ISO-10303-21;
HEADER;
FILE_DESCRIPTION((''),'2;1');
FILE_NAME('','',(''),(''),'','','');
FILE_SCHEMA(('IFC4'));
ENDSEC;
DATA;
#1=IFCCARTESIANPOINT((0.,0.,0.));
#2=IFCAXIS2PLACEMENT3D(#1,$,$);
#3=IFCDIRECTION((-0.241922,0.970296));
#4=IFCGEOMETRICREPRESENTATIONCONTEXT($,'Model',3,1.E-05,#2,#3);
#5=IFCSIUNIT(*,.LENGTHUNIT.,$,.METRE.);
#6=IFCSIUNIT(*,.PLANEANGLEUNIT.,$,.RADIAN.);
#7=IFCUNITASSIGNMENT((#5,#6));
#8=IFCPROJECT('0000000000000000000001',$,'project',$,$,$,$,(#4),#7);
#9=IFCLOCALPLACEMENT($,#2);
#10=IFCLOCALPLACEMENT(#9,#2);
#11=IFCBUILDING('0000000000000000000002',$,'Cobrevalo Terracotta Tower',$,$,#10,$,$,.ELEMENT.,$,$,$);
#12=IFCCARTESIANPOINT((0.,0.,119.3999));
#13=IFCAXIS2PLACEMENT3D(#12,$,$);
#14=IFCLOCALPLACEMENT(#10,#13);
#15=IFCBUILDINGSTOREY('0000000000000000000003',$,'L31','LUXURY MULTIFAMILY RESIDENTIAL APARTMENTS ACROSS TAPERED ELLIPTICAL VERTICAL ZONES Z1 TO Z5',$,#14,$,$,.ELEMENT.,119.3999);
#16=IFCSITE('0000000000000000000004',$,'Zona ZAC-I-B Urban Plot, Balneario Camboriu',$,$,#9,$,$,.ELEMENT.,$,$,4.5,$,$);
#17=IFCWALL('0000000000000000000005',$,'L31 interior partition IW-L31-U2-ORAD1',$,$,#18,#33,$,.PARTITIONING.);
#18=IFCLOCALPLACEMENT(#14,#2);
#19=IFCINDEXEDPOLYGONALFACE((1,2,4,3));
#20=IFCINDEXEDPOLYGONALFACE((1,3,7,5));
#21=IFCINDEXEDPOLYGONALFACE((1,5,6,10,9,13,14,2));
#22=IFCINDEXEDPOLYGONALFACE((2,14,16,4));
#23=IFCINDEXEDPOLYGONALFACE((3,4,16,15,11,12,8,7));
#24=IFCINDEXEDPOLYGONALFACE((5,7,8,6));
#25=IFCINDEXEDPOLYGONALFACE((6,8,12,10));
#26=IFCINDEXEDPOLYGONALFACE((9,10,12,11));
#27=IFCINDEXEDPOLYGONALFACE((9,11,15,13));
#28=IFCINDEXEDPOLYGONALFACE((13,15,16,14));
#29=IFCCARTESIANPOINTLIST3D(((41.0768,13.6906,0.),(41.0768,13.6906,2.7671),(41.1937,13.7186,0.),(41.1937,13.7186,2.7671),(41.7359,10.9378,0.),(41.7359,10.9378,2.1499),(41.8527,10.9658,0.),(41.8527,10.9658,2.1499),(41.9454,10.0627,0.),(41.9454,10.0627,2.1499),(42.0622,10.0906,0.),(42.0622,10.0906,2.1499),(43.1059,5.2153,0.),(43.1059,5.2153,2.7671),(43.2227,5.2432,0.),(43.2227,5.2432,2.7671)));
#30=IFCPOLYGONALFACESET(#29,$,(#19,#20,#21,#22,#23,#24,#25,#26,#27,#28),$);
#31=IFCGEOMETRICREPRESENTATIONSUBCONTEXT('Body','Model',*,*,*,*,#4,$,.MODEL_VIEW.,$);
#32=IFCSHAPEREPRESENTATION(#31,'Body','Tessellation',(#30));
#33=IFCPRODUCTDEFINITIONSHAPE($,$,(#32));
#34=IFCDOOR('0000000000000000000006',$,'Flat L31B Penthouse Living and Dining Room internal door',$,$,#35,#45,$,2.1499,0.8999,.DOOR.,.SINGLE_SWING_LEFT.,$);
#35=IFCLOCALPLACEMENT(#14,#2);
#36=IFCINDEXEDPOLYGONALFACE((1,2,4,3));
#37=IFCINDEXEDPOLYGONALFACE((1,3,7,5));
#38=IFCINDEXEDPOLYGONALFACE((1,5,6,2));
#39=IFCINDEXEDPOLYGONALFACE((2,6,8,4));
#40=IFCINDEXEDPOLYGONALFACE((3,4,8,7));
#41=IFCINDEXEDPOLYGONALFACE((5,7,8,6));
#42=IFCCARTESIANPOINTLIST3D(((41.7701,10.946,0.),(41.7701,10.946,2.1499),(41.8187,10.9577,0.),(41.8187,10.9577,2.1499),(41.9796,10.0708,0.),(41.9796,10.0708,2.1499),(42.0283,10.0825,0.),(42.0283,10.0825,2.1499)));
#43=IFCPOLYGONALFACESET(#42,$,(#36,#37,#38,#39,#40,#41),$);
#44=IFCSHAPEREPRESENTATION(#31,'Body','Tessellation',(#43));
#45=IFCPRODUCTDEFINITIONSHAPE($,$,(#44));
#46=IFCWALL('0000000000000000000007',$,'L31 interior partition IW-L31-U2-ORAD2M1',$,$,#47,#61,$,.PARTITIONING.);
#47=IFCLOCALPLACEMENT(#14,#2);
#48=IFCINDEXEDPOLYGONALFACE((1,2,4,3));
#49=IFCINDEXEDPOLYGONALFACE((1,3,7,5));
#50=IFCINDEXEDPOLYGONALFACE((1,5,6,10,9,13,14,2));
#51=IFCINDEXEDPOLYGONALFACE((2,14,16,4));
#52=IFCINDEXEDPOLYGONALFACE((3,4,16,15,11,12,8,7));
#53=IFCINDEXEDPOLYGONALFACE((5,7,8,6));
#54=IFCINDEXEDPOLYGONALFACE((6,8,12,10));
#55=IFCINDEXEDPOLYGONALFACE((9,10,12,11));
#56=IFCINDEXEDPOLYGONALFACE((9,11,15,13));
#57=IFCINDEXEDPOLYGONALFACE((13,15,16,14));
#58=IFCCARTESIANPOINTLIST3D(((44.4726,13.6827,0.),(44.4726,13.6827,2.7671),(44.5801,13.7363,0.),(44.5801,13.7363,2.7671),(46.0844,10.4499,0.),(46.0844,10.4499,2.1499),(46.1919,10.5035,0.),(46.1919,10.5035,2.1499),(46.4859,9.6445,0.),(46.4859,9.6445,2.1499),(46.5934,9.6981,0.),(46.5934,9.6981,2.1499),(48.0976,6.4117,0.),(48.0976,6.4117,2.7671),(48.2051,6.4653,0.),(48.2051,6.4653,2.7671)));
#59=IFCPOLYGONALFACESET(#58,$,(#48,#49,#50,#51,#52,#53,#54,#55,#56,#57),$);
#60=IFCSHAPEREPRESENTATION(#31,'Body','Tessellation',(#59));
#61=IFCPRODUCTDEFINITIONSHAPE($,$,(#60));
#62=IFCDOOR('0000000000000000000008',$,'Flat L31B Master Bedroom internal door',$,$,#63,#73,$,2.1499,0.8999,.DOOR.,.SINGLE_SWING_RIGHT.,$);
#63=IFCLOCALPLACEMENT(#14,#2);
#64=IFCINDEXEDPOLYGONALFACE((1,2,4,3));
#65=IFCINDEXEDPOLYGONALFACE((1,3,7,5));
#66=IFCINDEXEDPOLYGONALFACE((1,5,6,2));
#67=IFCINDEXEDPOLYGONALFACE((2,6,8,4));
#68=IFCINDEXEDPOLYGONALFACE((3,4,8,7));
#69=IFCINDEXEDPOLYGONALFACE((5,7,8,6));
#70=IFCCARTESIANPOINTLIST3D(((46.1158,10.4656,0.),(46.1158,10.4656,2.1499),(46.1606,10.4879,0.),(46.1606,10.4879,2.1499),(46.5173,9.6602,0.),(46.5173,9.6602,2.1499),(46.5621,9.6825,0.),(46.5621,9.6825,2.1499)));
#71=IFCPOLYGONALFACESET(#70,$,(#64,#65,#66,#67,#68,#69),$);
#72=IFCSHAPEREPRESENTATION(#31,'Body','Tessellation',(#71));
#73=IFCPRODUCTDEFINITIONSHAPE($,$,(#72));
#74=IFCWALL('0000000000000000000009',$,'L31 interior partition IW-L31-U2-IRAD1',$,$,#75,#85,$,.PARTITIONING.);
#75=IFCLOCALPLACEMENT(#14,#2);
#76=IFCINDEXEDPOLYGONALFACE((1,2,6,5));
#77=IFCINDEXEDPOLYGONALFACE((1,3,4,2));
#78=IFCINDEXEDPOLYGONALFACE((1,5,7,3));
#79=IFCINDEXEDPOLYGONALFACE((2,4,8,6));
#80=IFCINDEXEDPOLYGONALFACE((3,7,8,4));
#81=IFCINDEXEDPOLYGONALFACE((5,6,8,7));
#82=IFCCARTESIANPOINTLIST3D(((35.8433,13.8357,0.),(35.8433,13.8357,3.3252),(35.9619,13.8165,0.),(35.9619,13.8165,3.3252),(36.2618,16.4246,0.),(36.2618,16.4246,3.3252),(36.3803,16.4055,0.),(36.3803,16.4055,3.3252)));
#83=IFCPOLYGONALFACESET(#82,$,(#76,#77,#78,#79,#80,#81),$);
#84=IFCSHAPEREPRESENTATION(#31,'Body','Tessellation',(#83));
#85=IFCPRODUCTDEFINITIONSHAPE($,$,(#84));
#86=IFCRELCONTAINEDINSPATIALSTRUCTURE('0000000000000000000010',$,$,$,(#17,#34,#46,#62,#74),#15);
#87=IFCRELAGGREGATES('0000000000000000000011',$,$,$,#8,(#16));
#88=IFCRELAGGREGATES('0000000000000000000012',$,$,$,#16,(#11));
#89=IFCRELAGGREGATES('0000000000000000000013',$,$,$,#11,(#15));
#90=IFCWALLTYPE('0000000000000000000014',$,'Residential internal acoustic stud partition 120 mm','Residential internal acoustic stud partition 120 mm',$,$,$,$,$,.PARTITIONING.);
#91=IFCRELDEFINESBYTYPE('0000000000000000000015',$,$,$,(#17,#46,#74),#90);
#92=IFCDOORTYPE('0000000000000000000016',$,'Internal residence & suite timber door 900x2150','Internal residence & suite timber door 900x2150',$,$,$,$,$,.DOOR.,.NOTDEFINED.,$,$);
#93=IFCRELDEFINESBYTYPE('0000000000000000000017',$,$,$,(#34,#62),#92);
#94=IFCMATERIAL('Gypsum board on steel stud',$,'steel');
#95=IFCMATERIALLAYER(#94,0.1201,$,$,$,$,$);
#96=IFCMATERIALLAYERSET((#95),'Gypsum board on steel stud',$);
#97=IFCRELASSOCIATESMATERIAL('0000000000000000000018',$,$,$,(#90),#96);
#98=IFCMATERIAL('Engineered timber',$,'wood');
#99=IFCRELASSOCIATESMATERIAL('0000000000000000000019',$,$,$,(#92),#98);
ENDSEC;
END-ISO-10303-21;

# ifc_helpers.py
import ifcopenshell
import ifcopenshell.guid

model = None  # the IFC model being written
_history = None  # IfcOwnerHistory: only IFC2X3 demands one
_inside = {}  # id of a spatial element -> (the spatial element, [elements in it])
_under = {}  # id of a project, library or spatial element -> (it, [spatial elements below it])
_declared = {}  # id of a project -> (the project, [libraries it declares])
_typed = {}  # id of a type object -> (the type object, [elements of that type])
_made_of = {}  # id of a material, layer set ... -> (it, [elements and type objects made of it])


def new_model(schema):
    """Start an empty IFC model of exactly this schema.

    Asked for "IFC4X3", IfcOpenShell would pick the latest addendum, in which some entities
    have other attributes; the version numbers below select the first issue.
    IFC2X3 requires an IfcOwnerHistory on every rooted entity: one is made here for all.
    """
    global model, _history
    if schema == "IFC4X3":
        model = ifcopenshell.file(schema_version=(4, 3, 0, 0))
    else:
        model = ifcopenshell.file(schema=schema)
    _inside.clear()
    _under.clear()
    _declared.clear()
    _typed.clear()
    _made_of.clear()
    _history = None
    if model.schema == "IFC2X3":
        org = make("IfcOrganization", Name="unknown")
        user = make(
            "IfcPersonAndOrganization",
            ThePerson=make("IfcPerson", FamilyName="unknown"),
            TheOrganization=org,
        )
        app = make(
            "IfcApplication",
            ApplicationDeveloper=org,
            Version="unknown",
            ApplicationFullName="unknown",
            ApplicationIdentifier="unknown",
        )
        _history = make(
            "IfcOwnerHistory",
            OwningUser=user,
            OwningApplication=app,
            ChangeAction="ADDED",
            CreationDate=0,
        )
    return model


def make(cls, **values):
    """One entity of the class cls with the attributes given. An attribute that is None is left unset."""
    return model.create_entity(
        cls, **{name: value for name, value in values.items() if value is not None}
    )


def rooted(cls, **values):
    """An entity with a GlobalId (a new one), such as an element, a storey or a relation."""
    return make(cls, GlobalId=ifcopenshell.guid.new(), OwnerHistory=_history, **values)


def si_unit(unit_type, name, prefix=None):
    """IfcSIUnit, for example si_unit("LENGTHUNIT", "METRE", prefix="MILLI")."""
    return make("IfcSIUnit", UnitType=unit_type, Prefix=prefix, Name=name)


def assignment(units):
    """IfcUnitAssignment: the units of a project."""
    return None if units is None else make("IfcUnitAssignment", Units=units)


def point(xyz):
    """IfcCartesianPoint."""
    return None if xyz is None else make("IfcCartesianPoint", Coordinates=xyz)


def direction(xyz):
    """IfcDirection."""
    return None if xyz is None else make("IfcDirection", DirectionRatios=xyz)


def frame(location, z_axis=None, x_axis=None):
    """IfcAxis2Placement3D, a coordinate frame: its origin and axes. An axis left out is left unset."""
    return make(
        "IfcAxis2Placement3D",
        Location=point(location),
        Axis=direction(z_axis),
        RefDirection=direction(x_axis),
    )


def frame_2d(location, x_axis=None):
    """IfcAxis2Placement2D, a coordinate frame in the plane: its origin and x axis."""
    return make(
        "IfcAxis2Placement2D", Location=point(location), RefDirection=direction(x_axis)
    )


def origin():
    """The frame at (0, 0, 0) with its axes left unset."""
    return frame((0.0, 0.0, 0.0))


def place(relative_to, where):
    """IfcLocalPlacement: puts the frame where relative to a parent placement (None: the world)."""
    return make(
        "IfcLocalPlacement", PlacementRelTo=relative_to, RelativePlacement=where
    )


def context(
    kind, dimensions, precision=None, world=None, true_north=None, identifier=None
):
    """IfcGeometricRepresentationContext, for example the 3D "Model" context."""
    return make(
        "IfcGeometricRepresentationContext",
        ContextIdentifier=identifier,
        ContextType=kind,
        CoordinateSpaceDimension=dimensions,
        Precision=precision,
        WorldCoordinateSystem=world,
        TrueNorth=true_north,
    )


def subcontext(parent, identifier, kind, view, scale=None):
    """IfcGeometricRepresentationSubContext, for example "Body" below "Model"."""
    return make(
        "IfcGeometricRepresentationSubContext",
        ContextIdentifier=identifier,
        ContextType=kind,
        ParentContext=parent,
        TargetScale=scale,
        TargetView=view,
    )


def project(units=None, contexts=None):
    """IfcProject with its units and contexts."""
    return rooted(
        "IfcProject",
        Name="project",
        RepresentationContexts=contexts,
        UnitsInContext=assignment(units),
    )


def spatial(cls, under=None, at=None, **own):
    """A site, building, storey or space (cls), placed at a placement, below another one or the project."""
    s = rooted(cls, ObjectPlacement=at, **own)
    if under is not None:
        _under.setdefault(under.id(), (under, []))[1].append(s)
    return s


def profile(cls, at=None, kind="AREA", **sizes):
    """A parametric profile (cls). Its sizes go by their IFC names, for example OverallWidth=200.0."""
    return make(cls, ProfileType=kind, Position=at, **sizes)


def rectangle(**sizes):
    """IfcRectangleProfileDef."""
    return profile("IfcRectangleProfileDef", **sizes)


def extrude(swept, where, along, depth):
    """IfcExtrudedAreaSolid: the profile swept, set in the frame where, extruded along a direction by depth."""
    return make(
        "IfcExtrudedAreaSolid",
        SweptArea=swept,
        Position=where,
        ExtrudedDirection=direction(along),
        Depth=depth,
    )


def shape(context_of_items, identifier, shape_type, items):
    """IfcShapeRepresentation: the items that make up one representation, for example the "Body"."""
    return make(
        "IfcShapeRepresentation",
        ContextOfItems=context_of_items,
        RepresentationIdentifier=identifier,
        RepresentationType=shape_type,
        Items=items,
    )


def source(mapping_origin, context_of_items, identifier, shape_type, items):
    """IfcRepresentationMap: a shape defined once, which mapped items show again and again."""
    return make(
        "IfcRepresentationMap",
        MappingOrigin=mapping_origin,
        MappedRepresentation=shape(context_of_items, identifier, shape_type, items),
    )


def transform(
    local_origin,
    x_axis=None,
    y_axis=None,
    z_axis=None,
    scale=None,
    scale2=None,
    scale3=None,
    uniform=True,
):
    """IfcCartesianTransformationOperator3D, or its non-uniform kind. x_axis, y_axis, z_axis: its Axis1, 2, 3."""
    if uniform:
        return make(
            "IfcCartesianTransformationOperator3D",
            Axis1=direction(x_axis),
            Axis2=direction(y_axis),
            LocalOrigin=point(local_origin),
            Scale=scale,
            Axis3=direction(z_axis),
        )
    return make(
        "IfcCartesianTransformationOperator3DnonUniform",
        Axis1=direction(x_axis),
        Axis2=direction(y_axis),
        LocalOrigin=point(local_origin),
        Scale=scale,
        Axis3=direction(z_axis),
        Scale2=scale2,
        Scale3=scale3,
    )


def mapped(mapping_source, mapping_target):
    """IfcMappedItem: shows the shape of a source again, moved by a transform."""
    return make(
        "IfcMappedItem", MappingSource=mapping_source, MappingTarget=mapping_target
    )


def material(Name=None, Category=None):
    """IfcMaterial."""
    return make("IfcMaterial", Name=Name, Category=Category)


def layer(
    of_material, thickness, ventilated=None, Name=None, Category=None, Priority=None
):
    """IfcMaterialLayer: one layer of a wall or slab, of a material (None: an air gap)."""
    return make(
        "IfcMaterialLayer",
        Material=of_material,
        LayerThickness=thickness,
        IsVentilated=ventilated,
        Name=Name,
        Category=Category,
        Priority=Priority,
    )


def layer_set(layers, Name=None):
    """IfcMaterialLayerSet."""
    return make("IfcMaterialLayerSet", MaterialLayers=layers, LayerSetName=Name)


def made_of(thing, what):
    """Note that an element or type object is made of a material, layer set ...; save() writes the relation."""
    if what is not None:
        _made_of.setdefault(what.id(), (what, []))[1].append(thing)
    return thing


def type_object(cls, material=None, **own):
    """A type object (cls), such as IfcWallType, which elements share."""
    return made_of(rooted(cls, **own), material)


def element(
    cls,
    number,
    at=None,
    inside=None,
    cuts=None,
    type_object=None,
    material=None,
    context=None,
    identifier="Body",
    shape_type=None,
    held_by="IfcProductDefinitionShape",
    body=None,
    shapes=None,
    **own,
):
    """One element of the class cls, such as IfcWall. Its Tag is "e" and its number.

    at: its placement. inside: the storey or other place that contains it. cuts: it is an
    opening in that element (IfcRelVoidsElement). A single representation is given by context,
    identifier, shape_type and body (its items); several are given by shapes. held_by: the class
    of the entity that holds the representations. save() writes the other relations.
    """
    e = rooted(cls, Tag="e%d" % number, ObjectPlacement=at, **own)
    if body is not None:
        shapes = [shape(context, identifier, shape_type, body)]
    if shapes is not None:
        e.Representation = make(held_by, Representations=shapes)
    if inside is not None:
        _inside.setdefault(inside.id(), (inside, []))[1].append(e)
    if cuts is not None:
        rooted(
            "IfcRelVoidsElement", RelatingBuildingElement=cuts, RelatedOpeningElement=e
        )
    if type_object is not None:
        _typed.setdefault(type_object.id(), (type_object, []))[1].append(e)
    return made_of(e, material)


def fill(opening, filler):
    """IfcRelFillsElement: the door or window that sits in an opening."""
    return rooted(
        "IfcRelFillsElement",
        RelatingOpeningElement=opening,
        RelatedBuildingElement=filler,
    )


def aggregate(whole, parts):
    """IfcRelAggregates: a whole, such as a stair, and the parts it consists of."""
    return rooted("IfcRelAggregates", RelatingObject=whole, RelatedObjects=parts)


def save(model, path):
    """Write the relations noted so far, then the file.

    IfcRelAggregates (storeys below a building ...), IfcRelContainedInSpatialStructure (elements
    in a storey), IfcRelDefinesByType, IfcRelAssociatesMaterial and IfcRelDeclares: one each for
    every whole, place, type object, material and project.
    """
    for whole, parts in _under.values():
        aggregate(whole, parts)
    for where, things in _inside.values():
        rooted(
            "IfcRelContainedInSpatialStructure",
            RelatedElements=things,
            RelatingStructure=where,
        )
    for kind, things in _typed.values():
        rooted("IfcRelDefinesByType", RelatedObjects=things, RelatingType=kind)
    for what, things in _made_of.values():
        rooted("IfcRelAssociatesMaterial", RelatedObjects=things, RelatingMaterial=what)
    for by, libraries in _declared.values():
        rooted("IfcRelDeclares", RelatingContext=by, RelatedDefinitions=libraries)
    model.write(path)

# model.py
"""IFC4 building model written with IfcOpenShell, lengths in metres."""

from ifc_helpers import new_model, si_unit, direction, frame, frame_2d, origin, place, context, subcontext, project, spatial, rectangle, extrude, source, transform, mapped, material, layer, layer_set, type_object, element, fill, save


model = new_model("IFC4")

# Units and contexts
model_context = context("Model", 3, precision=1e-05, world=origin(), true_north=direction((-0.241922, 0.970296)))
body_context = subcontext(model_context, "Body", "Model", "MODEL_VIEW")
ifc_project = project(units=[si_unit("LENGTHUNIT", "METRE"), si_unit("PLANEANGLEUNIT", "RADIAN")], contexts=[model_context])

# Site, building, storey
site_placement = place(None, origin())
site = spatial("IfcSite", under=ifc_project, at=site_placement, Name="Zona ZAC-I-B Urban Plot, Balneario Camboriu", CompositionType="ELEMENT", RefElevation=4.5)
building_placement = place(site_placement, origin())
building = spatial("IfcBuilding", under=site, at=building_placement, Name="Cobrevalo Terracotta Tower", CompositionType="ELEMENT")
storey_placement = place(building_placement, frame((0.0, 0.0, 119.3999)))
storey = spatial("IfcBuildingStorey", under=building, at=storey_placement, Name="L31", Description="LUXURY MULTIFAMILY RESIDENTIAL APARTMENTS ACROSS TAPERED ELLIPTICAL VERTICAL ZONES Z1 TO Z5", CompositionType="ELEMENT", Elevation=119.3999)

# Walls, openings, doors
ifc_material_1 = material(Name="Gypsum board on steel stud", Category="steel")
ifc_layer_1 = layer(ifc_material_1, 0.1201)
ifc_layer_set_1 = layer_set([ifc_layer_1], Name="Gypsum board on steel stud")
wall_type = type_object("IfcWallType", Name="Residential internal acoustic stud partition 120 mm", Description="Residential internal acoustic stud partition 120 mm", PredefinedType="PARTITIONING", material=ifc_layer_set_1)
wall_1_placement = place(storey_placement, frame((41.1353, 13.7046, 0.0), z_axis=(0.0, 0.0, 1.0), x_axis=(0.232827, -0.972518, 0.0)))
wall_1 = element("IfcWall", 1, at=wall_1_placement, inside=storey, type_object=wall_type, Name="L31 interior partition IW-L31-U2-ORAD1", PredefinedType="PARTITIONING", context=body_context, shape_type="SweptSolid", body=[
    extrude(rectangle(XDim=8.7148, YDim=0.1201, at=frame_2d((4.3574, 0.0))), origin(), (0.0, 0.0, 1.0), 2.7671),
])
opening_1_placement = place(wall_1_placement, frame((2.8306, 0.0, 0.0)))
opening_1 = element("IfcOpeningElement", 2, at=opening_1_placement, cuts=wall_1, PredefinedType="OPENING", context=body_context, shape_type="SweptSolid", body=[
    extrude(rectangle(XDim=0.8999, YDim=2.1499, at=frame_2d((0.45, 1.075))), frame((0.0, 0.0701, 0.0), z_axis=(0.0, -1.0, 0.0), x_axis=(1.0, 0.0, 0.0)), (0.0, 0.0, 1.0), 0.1401),
])
ifc_material_2 = material(Name="Engineered timber", Category="wood")
door_type = type_object("IfcDoorType", Name="Internal residence & suite timber door 900x2150", Description="Internal residence & suite timber door 900x2150", OperationType="NOTDEFINED", PredefinedType="DOOR", material=ifc_material_2)
shared_shape_1 = source(origin(), body_context, "Body", "SweptSolid", [
    extrude(rectangle(XDim=0.8999, YDim=2.1499, at=frame_2d((0.45, 1.075))), frame((0.0, 0.0249, 0.0), z_axis=(0.0, -1.0, 0.0), x_axis=(1.0, 0.0, 0.0)), (0.0, 0.0, 1.0), 0.05),
])
door_1_placement = place(opening_1_placement, frame((0.8999, 0.0, 0.0), z_axis=(0.0, 0.0, 1.0), x_axis=(-1.0, 0.0, 0.0)))
door_1 = element("IfcDoor", 3, at=door_1_placement, inside=storey, type_object=door_type, Name="Flat L31B Penthouse Living and Dining Room internal door", OperationType="SINGLE_SWING_LEFT", OverallHeight=2.1499, OverallWidth=0.8999, PredefinedType="DOOR", context=body_context, shape_type="MappedRepresentation", body=[
    mapped(shared_shape_1, transform((0.0, 0.0, 0.0), scale=1.0)),
])
fill(opening_1, door_1)
wall_2_placement = place(storey_placement, frame((44.5264, 13.7095, 0.0), z_axis=(0.0, 0.0, 1.0), x_axis=(0.44618, -0.894943, 0.0)))
wall_2 = element("IfcWall", 4, at=wall_2_placement, inside=storey, type_object=wall_type, Name="L31 interior partition IW-L31-U2-ORAD2M1", PredefinedType="PARTITIONING", context=body_context, shape_type="SweptSolid", body=[
    extrude(rectangle(XDim=8.1245, YDim=0.1201, at=frame_2d((4.0623, 0.0))), origin(), (0.0, 0.0, 1.0), 2.7671),
])
opening_2_placement = place(wall_2_placement, frame((3.6123, 0.0, 0.0)))
opening_2 = element("IfcOpeningElement", 5, at=opening_2_placement, cuts=wall_2, PredefinedType="OPENING", context=body_context, shape_type="SweptSolid", body=[
    extrude(rectangle(XDim=0.8999, YDim=2.1499, at=frame_2d((0.45, 1.075))), frame((0.0, 0.0701, 0.0), z_axis=(0.0, -1.0, 0.0), x_axis=(1.0, 0.0, 0.0)), (0.0, 0.0, 1.0), 0.1401),
])
door_2_placement = place(opening_2_placement, frame((0.8999, 0.0, 0.0), z_axis=(0.0, 0.0, 1.0), x_axis=(-1.0, 0.0, 0.0)))
door_2 = element("IfcDoor", 6, at=door_2_placement, inside=storey, type_object=door_type, Name="Flat L31B Master Bedroom internal door", OperationType="SINGLE_SWING_RIGHT", OverallHeight=2.1499, OverallWidth=0.8999, PredefinedType="DOOR", context=body_context, shape_type="MappedRepresentation", body=[
    mapped(shared_shape_1, transform((0.0, 0.0, 0.0), scale=1.0)),
])
fill(opening_2, door_2)

# Wall
wall_3_placement = place(storey_placement, frame((36.321, 16.415, 0.0), z_axis=(0.0, 0.0, 1.0), x_axis=(-0.159566, -0.987187, 0.0)))
element("IfcWall", 7, at=wall_3_placement, inside=storey, type_object=wall_type, Name="L31 interior partition IW-L31-U2-IRAD1", PredefinedType="PARTITIONING", context=body_context, shape_type="SweptSolid", body=[
    extrude(rectangle(XDim=2.6226, YDim=0.1201, at=frame_2d((1.3113, 0.0))), origin(), (0.0, 0.0, 1.0), 3.3252),
])

save(model, "model.ifc")
